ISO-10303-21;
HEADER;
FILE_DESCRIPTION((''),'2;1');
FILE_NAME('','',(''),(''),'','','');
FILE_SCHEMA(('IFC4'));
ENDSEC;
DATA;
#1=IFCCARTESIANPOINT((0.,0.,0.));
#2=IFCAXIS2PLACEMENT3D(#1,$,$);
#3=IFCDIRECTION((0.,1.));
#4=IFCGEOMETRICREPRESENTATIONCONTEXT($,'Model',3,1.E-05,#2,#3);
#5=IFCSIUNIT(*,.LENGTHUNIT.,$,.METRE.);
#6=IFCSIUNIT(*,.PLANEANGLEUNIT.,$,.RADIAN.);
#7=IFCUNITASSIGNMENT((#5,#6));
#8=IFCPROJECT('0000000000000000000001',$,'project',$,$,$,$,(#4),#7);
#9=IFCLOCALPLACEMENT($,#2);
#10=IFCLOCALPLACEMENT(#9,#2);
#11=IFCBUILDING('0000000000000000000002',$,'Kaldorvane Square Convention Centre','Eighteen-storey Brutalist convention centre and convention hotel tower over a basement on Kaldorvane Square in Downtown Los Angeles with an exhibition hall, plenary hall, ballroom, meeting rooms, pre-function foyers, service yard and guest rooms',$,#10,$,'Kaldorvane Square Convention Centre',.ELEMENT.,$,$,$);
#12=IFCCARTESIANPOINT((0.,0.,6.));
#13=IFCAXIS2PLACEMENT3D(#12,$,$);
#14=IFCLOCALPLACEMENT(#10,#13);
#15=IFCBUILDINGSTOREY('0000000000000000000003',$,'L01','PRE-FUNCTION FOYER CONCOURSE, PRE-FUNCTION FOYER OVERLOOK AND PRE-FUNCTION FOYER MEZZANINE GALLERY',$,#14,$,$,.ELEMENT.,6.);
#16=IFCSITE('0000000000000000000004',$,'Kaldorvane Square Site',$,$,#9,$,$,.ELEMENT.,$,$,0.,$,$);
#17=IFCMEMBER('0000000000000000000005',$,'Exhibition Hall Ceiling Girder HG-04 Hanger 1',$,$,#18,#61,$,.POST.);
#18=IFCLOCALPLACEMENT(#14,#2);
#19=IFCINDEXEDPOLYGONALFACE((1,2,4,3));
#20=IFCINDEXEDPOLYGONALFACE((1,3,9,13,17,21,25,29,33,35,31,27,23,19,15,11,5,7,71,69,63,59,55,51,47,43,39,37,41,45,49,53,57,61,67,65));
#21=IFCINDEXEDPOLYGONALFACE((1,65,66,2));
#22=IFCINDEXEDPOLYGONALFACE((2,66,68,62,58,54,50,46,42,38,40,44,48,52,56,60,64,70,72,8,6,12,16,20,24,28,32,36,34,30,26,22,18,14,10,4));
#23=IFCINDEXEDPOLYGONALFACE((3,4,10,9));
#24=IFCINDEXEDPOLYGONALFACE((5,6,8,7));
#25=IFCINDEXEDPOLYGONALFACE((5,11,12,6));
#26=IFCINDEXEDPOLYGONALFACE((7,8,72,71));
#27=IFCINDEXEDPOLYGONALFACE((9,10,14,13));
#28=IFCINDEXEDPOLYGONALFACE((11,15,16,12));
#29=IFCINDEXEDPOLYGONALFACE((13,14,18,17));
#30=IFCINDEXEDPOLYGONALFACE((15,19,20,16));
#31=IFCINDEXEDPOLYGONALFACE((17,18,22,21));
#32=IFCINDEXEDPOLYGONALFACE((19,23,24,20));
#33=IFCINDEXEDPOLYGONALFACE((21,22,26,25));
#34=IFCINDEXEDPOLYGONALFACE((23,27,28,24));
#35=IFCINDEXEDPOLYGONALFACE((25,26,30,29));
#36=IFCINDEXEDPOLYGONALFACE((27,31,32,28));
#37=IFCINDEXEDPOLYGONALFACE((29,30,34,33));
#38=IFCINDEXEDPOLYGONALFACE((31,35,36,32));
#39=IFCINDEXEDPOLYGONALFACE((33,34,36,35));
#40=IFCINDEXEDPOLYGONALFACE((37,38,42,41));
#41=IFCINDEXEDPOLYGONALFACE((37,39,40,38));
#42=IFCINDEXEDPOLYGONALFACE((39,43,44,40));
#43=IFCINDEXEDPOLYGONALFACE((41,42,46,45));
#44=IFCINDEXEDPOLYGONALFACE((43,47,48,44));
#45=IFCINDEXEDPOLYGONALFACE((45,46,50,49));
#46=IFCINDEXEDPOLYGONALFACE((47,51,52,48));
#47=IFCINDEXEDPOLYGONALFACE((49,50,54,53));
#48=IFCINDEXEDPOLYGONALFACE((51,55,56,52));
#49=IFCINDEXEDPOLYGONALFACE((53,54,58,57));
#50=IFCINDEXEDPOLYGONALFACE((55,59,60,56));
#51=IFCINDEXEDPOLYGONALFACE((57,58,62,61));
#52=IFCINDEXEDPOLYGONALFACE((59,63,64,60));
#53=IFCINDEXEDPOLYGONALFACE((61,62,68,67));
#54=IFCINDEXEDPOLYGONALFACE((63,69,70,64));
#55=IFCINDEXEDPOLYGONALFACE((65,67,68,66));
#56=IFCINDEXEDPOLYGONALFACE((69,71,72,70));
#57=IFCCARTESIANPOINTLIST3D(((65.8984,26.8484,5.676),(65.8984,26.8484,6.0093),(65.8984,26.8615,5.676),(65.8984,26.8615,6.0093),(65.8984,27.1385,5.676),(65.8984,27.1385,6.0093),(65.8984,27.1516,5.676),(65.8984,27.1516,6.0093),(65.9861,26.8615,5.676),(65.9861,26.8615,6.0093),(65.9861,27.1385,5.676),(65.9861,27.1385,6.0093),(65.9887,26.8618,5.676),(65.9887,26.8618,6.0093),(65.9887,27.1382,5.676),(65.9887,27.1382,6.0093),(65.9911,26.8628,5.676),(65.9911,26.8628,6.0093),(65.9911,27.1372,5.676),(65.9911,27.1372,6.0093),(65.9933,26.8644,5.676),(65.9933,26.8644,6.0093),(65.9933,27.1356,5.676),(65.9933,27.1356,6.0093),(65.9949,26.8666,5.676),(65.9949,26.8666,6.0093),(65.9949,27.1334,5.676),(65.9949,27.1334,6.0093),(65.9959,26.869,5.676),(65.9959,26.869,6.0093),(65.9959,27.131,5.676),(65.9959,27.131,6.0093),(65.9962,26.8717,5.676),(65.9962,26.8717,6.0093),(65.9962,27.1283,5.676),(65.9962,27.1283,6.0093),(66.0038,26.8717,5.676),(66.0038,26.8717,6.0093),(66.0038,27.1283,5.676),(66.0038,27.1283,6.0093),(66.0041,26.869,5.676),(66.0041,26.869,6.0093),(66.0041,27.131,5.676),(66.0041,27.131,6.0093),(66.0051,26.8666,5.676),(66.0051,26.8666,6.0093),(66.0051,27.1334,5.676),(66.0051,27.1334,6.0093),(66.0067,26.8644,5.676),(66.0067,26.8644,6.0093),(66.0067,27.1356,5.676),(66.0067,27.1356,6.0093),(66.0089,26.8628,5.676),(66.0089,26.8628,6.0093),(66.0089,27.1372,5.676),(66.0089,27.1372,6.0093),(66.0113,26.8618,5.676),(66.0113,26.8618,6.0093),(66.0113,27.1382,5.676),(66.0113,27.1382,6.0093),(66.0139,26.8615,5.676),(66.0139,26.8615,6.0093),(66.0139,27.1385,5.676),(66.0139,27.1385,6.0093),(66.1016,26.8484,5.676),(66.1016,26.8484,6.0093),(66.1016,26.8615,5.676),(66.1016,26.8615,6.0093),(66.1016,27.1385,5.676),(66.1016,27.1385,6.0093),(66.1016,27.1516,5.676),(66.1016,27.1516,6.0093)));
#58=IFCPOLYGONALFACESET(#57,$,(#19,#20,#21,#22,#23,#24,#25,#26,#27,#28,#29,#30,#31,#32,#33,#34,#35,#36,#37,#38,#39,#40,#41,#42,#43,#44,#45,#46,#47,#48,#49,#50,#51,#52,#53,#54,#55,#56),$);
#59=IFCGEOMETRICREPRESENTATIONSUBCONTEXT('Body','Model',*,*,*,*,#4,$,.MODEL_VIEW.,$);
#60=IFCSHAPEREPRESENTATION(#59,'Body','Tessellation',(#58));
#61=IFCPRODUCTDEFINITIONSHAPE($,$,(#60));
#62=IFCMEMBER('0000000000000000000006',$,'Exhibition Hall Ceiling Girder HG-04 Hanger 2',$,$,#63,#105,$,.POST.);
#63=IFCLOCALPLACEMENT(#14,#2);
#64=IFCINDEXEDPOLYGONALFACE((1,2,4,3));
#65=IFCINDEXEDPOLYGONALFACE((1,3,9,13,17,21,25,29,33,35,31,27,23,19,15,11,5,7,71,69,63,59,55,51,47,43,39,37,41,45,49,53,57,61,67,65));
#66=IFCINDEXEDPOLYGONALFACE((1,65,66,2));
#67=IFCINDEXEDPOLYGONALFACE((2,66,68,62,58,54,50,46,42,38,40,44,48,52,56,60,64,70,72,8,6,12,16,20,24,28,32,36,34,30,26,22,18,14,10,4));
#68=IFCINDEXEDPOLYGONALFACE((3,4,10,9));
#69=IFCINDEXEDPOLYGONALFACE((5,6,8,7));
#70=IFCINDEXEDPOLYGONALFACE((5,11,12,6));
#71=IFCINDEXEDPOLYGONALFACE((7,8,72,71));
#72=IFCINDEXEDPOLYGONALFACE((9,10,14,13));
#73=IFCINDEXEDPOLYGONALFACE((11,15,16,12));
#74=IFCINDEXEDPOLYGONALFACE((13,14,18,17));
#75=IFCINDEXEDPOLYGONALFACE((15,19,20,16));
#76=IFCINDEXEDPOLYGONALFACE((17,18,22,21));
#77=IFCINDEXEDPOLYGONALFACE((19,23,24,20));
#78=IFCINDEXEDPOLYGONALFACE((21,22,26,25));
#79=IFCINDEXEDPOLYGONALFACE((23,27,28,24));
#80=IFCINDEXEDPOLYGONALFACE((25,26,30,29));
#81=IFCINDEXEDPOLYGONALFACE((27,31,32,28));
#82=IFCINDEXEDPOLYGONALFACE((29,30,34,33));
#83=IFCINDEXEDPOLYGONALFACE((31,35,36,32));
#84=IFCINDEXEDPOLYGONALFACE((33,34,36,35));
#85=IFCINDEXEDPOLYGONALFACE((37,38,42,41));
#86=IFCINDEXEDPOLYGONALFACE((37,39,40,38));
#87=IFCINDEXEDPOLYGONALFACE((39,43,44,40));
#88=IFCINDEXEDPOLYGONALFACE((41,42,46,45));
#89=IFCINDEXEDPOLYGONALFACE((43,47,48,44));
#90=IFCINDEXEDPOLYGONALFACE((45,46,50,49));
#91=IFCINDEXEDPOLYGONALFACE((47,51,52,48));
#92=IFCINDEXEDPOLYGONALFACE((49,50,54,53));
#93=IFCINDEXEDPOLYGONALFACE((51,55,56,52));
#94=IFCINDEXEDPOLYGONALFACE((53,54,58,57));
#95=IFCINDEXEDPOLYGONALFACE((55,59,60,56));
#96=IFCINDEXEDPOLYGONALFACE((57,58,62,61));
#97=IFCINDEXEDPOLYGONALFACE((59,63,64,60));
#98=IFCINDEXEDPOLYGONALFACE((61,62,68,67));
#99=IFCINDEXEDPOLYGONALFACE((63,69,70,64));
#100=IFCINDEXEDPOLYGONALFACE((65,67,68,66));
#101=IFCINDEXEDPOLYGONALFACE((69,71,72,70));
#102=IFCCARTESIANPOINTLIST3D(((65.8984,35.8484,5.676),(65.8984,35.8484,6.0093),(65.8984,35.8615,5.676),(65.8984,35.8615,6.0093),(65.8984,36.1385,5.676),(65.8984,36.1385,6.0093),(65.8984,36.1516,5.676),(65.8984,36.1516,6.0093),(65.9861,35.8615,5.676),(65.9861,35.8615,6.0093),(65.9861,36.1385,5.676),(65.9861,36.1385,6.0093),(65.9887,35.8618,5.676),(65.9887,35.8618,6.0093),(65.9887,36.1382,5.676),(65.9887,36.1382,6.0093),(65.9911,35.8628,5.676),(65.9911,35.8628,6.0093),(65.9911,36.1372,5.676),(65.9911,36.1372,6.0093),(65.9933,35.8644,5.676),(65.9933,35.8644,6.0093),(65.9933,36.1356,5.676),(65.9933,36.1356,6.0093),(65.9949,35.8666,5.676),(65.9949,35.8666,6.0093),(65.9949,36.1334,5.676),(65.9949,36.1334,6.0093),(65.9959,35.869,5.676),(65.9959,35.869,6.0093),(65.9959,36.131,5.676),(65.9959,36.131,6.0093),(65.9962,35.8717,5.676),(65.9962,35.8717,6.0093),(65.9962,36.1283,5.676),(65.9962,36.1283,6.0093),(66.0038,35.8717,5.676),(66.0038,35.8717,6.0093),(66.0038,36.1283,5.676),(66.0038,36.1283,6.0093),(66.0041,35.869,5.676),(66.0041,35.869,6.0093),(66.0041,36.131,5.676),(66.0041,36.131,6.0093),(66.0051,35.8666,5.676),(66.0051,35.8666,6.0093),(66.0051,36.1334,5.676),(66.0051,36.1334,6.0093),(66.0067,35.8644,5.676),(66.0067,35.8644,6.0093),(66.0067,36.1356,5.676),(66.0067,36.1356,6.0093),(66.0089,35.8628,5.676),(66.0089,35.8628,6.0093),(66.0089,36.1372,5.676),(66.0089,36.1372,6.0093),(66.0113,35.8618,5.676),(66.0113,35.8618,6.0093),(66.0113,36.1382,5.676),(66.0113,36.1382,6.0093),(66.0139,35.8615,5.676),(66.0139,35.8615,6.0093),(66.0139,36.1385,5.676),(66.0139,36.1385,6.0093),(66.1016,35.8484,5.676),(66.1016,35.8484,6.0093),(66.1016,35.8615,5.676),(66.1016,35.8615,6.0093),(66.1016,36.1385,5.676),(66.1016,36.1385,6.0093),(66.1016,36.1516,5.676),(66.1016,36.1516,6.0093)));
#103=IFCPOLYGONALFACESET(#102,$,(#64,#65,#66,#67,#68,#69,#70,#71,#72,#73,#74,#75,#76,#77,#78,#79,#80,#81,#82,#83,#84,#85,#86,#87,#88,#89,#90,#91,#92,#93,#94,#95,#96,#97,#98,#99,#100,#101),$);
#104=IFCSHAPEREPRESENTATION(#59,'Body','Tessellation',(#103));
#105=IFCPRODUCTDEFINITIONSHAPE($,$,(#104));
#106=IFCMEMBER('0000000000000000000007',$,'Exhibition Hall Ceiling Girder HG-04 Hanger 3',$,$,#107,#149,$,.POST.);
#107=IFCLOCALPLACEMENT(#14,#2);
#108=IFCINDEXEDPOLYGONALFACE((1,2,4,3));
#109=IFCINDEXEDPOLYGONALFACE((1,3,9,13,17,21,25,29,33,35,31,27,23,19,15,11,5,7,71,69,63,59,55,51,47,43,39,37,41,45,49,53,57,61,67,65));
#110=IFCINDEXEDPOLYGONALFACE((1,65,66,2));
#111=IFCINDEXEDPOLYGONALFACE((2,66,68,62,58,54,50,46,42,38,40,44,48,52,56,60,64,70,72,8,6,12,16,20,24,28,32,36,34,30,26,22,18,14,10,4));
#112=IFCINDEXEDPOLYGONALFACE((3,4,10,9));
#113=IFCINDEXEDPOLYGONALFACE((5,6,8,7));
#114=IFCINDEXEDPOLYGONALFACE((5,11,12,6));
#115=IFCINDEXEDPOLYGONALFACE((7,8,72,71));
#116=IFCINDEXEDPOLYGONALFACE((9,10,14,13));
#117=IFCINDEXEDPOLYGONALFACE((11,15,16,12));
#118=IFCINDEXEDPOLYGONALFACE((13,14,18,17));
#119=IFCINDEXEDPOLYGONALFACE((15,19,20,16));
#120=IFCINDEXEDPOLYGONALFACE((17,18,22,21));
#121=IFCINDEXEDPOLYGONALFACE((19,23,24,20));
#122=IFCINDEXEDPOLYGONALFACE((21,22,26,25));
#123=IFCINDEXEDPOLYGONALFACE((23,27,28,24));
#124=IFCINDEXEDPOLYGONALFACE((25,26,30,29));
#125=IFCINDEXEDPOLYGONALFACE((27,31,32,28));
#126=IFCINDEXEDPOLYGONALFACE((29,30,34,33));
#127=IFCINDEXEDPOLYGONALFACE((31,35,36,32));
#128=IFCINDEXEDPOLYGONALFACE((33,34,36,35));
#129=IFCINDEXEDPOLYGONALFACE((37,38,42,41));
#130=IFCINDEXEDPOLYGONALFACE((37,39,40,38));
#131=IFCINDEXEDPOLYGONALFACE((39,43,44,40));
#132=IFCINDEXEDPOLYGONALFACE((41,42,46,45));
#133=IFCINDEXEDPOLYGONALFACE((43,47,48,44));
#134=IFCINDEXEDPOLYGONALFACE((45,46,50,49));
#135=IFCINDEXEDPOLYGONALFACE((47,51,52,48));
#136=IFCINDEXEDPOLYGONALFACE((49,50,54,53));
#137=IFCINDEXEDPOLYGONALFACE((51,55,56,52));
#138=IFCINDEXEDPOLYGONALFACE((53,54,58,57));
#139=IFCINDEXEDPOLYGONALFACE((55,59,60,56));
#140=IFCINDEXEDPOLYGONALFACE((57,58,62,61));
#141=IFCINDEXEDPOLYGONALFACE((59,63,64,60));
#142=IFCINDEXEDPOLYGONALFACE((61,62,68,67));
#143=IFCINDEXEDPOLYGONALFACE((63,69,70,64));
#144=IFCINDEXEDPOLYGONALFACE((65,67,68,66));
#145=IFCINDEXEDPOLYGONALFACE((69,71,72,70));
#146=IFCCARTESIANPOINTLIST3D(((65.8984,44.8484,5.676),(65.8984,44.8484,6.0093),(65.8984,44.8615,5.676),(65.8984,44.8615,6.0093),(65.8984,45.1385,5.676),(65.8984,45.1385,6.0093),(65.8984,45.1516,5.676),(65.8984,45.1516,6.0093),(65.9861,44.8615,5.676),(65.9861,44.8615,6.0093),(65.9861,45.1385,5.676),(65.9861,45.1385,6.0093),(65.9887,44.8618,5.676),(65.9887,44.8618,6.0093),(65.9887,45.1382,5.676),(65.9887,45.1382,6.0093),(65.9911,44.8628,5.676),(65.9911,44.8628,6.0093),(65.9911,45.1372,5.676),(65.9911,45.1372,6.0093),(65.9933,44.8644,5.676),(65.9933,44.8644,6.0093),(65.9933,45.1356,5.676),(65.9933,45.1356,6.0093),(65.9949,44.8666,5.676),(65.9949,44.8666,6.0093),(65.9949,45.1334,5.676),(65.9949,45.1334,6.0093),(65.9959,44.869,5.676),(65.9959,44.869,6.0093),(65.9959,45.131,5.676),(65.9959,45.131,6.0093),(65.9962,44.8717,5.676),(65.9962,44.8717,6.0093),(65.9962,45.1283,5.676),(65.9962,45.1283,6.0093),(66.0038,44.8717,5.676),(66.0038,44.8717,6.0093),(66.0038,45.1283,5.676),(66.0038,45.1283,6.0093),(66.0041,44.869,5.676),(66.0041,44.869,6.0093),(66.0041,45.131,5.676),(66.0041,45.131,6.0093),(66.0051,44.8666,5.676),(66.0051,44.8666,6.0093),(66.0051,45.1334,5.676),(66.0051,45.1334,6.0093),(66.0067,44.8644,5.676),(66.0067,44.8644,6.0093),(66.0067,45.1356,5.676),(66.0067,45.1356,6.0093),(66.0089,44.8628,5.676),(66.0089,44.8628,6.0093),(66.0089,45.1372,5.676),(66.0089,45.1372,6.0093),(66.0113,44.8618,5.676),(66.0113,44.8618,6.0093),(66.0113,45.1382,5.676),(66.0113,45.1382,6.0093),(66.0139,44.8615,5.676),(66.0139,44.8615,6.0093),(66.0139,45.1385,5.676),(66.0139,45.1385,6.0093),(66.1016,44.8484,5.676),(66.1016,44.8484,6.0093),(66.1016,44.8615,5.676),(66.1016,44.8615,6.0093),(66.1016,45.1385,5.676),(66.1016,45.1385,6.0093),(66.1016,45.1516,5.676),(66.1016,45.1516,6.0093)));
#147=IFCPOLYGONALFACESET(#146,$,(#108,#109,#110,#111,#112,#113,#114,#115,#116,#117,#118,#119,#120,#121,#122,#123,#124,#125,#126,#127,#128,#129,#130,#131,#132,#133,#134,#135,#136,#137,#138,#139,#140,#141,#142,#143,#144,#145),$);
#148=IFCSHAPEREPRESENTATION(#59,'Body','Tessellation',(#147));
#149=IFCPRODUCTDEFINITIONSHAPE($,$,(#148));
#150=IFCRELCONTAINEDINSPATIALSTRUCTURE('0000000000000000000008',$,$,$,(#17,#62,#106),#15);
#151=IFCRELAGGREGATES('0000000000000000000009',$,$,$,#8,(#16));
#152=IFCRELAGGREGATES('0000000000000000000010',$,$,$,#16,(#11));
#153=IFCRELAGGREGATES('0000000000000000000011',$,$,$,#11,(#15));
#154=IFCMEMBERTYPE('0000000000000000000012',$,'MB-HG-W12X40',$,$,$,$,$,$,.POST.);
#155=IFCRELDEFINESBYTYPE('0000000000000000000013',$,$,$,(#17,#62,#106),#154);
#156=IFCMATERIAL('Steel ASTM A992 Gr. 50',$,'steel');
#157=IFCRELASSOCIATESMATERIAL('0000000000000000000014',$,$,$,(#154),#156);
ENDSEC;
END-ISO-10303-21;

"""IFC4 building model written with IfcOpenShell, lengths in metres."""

from ifc_helpers import new_model, si_unit, direction, frame, origin, origin_2d, place, context, subcontext, project, spatial, i_section, extrude, material, material_profile, profile_set, type_object, element, save


model = new_model("IFC4")

# Units and contexts
model_context = context("Model", 3, precision=1e-05, world=origin(), true_north=direction((0.0, 1.0)))
body_context = subcontext(model_context, "Body", "Model", "MODEL_VIEW")
ifc_project = project(units=[si_unit("LENGTHUNIT", "METRE"), si_unit("PLANEANGLEUNIT", "RADIAN")], contexts=[model_context])

# Site, building, storey
site_placement = place(None, origin())
site = spatial("IfcSite", under=ifc_project, at=site_placement, Name="Kaldorvane Square Site", CompositionType="ELEMENT", RefElevation=0.0)
building_placement = place(site_placement, origin())
building = spatial("IfcBuilding", under=site, at=building_placement, Name="Kaldorvane Square Convention Centre", Description="Eighteen-storey Brutalist convention centre and convention hotel tower over a basement on Kaldorvane Square in Downtown Los Angeles with an exhibition hall, plenary hall, ballroom, meeting rooms, pre-function foyers, service yard and guest rooms", LongName="Kaldorvane Square Convention Centre", CompositionType="ELEMENT")
storey_placement = place(building_placement, frame((0.0, 0.0, 6.0)))
storey = spatial("IfcBuildingStorey", under=building, at=storey_placement, Name="L01", Description="PRE-FUNCTION FOYER CONCOURSE, PRE-FUNCTION FOYER OVERLOOK AND PRE-FUNCTION FOYER MEZZANINE GALLERY", CompositionType="ELEMENT", Elevation=6.0)

# Shared definitions
ifc_material = material(Name="Steel ASTM A992 Gr. 50", Category="steel")

# Members
ifc_material_profile_1 = material_profile(ifc_material, i_section(OverallWidth=0.2033, OverallDepth=0.3033, WebThickness=0.0075, FlangeThickness=0.0131, FilletRadius=0.0102, at=origin_2d()), Name="W12X40")
ifc_profile_set_1 = profile_set([ifc_material_profile_1], Name="Steel ASTM A992 Gr. 50")
member_type = type_object("IfcMemberType", Name="MB-HG-W12X40", PredefinedType="POST", material=ifc_profile_set_1)
for number, where, z_axis, x_axis, name in (
    (1, (66.0, 27.0, 5.676), (0.0, 0.0, 1.0), (1.0, 0.0, 0.0), "Exhibition Hall Ceiling Girder HG-04 Hanger 1"),
    (2, (66.0, 36.0, 5.676), (0.0, 0.0, 1.0), (1.0, 0.0, 0.0), "Exhibition Hall Ceiling Girder HG-04 Hanger 2"),
    (3, (66.0, 45.0, 5.676), (0.0, 0.0, 1.0), (1.0, 0.0, 0.0), "Exhibition Hall Ceiling Girder HG-04 Hanger 3"),
):
    element("IfcMember", number, at=place(storey_placement, frame(where, z_axis=z_axis, x_axis=x_axis)), inside=storey, type_object=member_type, Name=name, PredefinedType="POST", context=body_context, shape_type="SweptSolid", body=[
        extrude(i_section(OverallWidth=0.2033, OverallDepth=0.3033, WebThickness=0.0075, FlangeThickness=0.0131, FilletRadius=0.0102, at=origin_2d()), origin(), (0.0, 0.0, 1.0), 0.3333),
    ])

save(model, "model.ifc")
